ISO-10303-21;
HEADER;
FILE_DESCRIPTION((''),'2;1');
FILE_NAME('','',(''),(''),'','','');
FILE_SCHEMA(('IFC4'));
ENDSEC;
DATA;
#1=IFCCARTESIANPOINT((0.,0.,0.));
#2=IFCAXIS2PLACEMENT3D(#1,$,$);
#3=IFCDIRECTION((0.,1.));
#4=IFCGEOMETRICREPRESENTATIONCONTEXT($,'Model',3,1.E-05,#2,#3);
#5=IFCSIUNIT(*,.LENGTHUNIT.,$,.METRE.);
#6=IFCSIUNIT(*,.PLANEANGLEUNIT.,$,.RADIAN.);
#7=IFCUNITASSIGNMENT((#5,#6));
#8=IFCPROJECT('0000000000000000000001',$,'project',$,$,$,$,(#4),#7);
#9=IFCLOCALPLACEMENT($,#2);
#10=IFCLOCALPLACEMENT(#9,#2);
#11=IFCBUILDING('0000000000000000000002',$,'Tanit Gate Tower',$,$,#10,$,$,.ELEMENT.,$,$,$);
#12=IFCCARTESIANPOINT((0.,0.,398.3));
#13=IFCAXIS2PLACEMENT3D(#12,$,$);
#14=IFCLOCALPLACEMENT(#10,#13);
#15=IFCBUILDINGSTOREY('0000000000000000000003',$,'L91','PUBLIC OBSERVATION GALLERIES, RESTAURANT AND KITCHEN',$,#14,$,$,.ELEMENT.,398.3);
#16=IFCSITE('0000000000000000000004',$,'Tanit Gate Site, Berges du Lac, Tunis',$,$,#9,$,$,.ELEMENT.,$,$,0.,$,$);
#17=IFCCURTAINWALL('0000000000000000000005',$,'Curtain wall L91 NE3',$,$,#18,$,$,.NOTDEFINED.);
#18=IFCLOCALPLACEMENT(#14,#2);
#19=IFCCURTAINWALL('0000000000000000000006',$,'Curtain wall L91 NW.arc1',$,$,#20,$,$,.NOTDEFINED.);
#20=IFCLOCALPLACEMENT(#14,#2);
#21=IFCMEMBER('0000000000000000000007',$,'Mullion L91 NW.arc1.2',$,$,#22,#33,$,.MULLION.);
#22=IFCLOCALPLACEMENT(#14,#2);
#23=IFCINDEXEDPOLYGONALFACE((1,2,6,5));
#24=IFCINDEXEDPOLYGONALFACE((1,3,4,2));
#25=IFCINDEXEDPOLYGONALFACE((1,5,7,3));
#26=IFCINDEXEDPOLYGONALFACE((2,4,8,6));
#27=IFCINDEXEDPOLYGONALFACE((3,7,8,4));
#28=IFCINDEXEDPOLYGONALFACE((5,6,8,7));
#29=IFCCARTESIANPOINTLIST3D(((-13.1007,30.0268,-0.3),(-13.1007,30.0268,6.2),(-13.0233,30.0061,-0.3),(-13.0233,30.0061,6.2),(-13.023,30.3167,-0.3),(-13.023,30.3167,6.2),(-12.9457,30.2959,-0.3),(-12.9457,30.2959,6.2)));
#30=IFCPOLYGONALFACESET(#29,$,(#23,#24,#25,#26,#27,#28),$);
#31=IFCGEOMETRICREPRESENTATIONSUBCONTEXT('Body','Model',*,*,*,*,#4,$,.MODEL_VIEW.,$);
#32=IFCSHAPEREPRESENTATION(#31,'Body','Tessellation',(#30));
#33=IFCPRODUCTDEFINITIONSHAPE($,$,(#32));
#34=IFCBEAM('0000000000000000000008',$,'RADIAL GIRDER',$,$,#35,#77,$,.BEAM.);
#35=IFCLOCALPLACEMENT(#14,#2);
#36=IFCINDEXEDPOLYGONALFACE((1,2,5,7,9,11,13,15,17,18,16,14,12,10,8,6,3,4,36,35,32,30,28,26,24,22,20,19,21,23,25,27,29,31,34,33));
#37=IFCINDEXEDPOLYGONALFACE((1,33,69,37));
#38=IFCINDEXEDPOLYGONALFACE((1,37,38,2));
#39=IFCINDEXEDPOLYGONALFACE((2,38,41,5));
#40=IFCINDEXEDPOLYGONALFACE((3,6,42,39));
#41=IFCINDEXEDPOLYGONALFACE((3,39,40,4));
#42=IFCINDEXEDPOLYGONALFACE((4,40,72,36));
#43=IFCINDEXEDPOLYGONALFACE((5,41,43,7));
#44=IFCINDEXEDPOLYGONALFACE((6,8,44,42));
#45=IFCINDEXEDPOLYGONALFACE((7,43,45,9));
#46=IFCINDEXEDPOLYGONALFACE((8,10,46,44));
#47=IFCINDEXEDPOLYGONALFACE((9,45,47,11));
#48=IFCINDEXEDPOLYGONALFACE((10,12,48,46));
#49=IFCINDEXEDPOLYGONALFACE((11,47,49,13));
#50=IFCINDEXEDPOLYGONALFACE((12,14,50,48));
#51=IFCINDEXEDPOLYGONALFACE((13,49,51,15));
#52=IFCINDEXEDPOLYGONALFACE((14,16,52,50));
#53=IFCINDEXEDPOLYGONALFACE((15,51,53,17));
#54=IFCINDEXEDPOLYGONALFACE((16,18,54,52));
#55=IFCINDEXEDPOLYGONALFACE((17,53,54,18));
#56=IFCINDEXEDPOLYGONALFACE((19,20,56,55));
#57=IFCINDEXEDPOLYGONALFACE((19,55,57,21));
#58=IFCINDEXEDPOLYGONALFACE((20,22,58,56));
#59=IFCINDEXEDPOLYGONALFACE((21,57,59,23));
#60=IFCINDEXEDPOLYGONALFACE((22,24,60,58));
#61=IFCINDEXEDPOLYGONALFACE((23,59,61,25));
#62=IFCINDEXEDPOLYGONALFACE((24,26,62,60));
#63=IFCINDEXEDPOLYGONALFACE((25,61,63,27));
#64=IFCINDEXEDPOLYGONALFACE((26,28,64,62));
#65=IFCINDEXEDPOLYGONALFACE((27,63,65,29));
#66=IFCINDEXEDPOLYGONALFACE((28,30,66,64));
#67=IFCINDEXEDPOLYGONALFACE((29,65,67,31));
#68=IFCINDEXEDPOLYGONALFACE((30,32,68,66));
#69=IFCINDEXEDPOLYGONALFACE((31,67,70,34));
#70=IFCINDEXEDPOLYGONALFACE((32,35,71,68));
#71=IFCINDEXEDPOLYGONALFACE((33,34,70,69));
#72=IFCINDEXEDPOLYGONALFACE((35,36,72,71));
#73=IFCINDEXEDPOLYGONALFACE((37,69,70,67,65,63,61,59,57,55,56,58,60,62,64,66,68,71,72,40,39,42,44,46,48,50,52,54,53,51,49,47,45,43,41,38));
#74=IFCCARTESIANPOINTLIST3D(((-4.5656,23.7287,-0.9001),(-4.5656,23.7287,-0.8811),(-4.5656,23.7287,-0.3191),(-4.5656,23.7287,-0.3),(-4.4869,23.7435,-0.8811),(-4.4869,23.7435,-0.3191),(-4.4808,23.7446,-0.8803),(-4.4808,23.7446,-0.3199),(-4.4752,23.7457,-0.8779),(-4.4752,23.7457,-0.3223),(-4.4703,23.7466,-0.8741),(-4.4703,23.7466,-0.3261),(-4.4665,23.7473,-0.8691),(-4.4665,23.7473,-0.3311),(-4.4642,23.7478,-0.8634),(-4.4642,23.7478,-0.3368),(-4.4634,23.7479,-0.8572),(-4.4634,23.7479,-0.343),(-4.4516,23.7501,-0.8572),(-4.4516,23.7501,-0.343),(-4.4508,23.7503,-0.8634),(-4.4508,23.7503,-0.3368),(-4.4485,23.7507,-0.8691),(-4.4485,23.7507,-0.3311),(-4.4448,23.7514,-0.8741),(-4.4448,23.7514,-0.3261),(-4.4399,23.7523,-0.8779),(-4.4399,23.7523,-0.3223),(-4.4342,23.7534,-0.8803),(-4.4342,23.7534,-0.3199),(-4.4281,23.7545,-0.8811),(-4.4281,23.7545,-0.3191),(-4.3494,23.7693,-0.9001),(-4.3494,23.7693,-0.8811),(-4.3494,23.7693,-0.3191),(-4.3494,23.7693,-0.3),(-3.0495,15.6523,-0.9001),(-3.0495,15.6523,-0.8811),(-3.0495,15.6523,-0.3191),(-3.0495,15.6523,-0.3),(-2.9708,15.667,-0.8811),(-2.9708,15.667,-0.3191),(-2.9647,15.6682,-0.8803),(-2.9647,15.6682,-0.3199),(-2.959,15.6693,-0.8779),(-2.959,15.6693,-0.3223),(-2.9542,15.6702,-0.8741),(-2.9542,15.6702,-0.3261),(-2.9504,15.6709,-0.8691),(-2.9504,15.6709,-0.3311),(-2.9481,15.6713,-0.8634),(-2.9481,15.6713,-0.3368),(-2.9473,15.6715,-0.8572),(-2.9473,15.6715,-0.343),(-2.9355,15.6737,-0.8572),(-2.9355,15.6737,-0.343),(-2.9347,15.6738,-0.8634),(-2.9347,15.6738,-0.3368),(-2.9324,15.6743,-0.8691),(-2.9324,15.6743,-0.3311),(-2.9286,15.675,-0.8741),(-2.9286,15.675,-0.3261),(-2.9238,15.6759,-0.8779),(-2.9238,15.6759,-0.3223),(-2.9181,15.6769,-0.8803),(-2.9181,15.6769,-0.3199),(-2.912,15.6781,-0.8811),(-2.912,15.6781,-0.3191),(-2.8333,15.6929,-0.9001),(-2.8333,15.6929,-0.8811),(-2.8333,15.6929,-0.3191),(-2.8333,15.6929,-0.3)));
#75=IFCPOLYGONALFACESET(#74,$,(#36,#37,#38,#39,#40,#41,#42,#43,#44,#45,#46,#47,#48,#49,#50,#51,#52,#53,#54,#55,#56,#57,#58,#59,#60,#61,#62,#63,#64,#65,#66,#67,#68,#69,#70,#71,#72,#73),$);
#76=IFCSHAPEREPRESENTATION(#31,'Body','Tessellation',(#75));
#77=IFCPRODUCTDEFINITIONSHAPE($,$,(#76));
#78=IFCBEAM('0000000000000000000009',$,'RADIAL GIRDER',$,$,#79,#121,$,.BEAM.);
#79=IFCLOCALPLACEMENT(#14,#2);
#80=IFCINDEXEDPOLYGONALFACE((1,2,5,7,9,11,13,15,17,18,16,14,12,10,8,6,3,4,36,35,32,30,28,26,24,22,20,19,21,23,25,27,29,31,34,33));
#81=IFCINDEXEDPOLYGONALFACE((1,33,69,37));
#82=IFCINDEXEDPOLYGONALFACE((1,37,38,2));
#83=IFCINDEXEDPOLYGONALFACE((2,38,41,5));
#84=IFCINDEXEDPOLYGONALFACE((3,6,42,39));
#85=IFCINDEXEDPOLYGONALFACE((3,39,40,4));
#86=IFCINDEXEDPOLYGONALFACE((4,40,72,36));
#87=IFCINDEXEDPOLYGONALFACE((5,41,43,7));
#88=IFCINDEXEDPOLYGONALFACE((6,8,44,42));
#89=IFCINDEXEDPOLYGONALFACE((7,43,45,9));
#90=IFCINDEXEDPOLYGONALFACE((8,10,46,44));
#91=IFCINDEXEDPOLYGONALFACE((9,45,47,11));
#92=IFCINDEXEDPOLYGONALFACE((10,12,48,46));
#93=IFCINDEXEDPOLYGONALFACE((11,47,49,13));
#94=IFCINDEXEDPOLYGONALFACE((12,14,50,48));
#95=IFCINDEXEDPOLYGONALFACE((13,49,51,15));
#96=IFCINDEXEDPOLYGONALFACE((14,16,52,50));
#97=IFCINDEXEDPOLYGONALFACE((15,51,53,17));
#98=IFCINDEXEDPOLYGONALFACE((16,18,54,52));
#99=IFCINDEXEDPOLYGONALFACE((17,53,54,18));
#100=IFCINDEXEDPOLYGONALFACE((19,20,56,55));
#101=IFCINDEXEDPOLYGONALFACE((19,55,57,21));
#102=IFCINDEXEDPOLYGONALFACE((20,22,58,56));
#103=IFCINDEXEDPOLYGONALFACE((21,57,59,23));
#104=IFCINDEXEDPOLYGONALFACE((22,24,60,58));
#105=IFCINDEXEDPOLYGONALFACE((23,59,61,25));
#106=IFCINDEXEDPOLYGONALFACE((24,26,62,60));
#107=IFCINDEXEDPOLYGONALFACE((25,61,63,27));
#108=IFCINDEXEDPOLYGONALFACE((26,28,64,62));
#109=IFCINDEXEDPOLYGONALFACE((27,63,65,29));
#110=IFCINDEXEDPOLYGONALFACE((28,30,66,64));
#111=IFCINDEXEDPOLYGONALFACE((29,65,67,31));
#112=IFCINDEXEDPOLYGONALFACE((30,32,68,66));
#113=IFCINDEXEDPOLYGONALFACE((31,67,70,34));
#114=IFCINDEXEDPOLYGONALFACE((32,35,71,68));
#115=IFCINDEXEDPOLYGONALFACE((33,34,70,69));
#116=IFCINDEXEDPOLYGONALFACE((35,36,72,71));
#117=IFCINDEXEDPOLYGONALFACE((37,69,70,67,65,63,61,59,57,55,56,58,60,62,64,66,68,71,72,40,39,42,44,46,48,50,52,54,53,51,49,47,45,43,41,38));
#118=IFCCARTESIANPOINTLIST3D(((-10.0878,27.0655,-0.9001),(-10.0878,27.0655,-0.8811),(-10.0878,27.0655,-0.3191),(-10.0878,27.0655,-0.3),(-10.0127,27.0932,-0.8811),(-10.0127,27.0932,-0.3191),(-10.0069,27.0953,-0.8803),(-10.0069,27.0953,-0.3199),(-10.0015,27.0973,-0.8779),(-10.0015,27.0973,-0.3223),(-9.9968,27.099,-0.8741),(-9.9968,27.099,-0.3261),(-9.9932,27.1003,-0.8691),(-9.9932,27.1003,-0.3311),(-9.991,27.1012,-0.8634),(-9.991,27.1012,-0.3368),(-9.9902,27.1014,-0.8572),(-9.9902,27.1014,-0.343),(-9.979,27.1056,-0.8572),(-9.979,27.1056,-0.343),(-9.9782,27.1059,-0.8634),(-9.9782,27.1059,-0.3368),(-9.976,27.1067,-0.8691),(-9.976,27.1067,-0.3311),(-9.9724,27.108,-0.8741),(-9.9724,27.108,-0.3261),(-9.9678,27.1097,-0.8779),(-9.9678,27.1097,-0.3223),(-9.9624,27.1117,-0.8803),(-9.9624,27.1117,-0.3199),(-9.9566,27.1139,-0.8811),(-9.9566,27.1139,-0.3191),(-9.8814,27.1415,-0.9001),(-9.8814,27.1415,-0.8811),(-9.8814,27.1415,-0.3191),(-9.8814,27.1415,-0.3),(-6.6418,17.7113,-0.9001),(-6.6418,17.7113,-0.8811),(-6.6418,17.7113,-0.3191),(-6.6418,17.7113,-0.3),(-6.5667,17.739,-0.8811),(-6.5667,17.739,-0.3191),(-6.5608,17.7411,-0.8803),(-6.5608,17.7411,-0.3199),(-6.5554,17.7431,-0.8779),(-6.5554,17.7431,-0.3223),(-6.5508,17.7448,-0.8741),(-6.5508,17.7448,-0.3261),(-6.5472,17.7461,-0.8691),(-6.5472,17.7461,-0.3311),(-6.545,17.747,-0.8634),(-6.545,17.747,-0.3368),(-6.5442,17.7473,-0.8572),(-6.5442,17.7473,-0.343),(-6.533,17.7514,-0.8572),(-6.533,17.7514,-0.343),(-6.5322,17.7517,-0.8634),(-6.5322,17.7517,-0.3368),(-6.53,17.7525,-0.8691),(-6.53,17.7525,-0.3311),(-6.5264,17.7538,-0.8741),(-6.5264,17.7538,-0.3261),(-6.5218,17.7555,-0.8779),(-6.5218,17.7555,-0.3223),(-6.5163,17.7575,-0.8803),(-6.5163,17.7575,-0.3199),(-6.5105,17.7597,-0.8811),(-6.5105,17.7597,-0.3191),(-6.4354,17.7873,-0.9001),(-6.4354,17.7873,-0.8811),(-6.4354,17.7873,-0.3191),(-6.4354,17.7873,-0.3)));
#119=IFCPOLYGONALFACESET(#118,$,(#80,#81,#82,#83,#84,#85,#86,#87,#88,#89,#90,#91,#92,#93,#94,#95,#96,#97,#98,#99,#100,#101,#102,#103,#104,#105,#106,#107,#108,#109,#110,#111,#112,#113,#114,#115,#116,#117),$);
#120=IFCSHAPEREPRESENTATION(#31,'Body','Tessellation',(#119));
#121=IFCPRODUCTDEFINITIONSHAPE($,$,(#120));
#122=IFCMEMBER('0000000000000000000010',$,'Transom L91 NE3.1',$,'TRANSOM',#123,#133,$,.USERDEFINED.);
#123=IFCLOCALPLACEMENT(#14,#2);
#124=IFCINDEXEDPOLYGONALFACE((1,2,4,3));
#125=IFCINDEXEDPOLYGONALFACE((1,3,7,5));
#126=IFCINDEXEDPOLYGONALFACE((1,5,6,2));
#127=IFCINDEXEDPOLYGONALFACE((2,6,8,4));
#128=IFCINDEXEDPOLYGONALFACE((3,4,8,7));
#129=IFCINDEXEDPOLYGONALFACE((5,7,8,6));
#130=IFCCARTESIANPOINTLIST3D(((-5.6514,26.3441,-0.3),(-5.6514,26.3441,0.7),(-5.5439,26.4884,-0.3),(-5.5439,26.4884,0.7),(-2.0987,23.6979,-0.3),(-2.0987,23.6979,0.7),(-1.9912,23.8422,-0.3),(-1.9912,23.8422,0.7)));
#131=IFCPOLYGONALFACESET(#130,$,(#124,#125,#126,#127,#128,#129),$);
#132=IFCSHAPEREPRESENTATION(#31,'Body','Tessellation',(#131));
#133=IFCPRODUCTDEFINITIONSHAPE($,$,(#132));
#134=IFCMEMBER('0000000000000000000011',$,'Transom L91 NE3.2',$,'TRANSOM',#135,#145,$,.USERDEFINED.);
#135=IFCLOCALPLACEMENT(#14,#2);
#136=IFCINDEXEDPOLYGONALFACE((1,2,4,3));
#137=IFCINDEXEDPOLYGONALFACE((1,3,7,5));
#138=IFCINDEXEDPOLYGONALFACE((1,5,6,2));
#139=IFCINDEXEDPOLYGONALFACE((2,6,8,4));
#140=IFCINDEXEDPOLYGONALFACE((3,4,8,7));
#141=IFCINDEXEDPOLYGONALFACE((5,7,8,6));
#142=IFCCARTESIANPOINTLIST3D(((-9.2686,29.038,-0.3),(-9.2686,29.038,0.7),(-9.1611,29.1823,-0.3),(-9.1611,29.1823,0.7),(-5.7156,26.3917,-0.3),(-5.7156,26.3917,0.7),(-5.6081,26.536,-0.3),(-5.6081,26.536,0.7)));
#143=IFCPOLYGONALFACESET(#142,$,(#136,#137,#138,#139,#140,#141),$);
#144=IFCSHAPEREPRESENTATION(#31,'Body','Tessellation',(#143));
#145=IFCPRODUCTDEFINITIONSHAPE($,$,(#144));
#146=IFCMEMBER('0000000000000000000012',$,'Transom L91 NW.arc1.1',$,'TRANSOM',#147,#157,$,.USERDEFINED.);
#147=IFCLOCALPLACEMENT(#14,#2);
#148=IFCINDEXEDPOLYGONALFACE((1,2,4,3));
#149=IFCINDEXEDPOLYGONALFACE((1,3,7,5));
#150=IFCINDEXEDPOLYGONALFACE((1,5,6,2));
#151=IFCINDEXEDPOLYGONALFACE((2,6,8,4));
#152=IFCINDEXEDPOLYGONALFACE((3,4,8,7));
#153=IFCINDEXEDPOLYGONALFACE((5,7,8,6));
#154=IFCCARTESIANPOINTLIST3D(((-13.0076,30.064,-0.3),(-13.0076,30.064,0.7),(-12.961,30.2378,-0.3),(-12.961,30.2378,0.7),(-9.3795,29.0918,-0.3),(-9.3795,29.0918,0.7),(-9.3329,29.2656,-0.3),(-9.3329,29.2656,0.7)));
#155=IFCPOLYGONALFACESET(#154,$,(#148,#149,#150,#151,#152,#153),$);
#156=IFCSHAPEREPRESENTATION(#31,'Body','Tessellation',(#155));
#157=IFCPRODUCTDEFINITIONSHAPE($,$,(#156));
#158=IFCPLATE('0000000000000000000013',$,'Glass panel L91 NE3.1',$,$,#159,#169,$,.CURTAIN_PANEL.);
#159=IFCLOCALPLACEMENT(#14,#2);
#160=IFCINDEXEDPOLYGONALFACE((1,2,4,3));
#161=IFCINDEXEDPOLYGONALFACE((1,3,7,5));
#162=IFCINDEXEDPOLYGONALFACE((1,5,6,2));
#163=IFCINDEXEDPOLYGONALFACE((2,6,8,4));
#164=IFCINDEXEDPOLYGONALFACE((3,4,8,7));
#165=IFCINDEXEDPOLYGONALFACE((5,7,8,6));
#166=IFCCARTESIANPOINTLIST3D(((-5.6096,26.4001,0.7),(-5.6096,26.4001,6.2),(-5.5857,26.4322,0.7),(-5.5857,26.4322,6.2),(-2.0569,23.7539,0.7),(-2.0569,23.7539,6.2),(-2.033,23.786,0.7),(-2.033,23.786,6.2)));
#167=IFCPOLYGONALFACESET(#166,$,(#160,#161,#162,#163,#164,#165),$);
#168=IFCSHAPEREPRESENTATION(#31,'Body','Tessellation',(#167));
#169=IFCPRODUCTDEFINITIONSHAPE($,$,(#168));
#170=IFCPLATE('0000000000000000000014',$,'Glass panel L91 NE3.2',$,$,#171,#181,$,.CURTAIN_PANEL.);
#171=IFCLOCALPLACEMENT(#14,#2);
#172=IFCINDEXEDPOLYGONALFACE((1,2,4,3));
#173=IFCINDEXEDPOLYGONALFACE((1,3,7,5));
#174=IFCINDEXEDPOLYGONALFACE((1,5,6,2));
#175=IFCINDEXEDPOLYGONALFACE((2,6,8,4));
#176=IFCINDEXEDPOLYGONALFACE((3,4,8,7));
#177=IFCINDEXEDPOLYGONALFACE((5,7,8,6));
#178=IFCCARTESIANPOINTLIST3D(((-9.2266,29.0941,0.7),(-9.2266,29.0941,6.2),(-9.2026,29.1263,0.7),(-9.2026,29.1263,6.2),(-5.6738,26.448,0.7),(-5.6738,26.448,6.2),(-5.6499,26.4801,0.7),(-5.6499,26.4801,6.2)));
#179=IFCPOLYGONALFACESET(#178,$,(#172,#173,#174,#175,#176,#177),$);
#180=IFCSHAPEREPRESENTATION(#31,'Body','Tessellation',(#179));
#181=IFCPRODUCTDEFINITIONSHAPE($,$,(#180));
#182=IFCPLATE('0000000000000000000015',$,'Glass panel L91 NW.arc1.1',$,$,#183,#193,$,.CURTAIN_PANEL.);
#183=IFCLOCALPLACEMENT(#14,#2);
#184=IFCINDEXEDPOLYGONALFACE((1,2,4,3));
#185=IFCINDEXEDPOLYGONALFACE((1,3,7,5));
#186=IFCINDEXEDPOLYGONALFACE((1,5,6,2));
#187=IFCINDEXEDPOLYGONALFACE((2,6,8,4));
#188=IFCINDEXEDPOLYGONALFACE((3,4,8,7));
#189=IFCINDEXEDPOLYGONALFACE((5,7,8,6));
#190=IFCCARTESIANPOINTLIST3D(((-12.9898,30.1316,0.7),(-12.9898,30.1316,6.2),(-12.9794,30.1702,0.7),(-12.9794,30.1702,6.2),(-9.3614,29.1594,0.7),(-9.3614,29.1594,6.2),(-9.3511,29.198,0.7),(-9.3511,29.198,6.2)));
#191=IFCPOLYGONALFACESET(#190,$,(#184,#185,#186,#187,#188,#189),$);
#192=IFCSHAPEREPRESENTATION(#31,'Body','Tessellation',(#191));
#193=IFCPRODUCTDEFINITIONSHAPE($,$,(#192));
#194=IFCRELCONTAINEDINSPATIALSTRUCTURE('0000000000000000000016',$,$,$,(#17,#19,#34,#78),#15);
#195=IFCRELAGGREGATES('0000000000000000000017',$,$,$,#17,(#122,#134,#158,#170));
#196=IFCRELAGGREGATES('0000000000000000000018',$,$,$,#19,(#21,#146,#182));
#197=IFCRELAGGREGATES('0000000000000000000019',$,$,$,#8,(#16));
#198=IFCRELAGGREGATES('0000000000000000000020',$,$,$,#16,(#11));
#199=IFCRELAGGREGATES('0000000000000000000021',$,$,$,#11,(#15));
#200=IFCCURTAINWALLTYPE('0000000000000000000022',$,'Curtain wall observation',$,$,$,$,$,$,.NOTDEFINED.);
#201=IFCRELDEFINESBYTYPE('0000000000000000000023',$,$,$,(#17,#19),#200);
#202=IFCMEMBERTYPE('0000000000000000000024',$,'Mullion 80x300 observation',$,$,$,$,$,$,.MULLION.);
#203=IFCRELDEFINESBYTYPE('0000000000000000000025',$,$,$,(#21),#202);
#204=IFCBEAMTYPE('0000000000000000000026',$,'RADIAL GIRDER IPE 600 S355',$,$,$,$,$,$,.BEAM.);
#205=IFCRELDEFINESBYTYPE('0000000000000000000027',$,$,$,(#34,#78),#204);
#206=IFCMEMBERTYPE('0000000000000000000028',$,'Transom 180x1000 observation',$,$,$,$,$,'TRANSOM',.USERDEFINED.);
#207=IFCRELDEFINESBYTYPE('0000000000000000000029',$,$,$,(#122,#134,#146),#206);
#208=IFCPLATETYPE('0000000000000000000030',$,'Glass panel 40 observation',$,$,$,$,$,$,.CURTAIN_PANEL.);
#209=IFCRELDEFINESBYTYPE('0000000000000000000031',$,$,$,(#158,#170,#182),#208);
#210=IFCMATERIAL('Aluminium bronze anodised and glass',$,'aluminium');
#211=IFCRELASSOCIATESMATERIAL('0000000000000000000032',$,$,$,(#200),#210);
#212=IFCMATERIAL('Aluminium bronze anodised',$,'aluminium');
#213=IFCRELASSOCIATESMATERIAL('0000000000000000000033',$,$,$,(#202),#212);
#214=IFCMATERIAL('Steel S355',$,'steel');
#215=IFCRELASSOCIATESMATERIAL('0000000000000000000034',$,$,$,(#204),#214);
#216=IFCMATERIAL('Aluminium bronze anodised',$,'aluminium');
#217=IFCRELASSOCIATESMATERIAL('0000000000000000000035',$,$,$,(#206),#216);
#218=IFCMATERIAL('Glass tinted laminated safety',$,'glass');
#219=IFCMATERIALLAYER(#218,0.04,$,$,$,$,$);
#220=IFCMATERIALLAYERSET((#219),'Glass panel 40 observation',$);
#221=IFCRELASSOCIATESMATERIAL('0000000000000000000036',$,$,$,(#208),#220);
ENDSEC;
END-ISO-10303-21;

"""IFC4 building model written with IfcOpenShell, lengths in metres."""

from ifc_helpers import new_model, si_unit, direction, frame, origin, origin_2d, place, context, subcontext, project, spatial, rectangle, i_section, extrude, material, layer, layer_set, material_profile, profile_set, type_object, element, aggregate, save


model = new_model("IFC4")

# Units and contexts
model_context = context("Model", 3, precision=1e-05, world=origin(), true_north=direction((0.0, 1.0)))
body_context = subcontext(model_context, "Body", "Model", "MODEL_VIEW")
ifc_project = project(units=[si_unit("LENGTHUNIT", "METRE"), si_unit("PLANEANGLEUNIT", "RADIAN")], contexts=[model_context])

# Site, building, storey
site_placement = place(None, origin())
site = spatial("IfcSite", under=ifc_project, at=site_placement, Name="Tanit Gate Site, Berges du Lac, Tunis", CompositionType="ELEMENT", RefElevation=0.0)
building_placement = place(site_placement, origin())
building = spatial("IfcBuilding", under=site, at=building_placement, Name="Tanit Gate Tower", CompositionType="ELEMENT")
storey_placement = place(building_placement, frame((0.0, 0.0, 398.3)))
storey = spatial("IfcBuildingStorey", under=building, at=storey_placement, Name="L91", Description="PUBLIC OBSERVATION GALLERIES, RESTAURANT AND KITCHEN", CompositionType="ELEMENT", Elevation=398.3)

# Shared definitions
ifc_material_1 = material(Name="Aluminium bronze anodised and glass", Category="aluminium")
curtain_wall_type = type_object("IfcCurtainWallType", Name="Curtain wall observation", PredefinedType="NOTDEFINED", material=ifc_material_1)
ifc_material_2 = material(Name="Aluminium bronze anodised", Category="aluminium")
ifc_material_profile_1 = material_profile(ifc_material_2, rectangle(XDim=0.3, YDim=0.0801, at=origin_2d()), Name="80x300 bronze mullion")
ifc_profile_set_1 = profile_set([ifc_material_profile_1], Name="Aluminium bronze anodised")
member_type_1 = type_object("IfcMemberType", Name="Mullion 80x300 observation", PredefinedType="MULLION", material=ifc_profile_set_1)

# Curtain walls, member
curtain_wall_1_placement = place(storey_placement, origin())
curtain_wall_1 = element("IfcCurtainWall", 1, at=curtain_wall_1_placement, inside=storey, type_object=curtain_wall_type, Name="Curtain wall L91 NE3", PredefinedType="NOTDEFINED")
curtain_wall_2_placement = place(storey_placement, origin())
curtain_wall_2 = element("IfcCurtainWall", 2, at=curtain_wall_2_placement, inside=storey, type_object=curtain_wall_type, Name="Curtain wall L91 NW.arc1", PredefinedType="NOTDEFINED")
member_1_placement = place(storey_placement, frame((-13.0232, 30.1614, -0.3), z_axis=(0.0, 0.0, 1.0), x_axis=(-0.258819, -0.965926, 0.0)))
member_1 = element("IfcMember", 3, at=member_1_placement, type_object=member_type_1, Name="Mullion L91 NW.arc1.2", PredefinedType="MULLION", context=body_context, shape_type="SweptSolid", body=[
    extrude(rectangle(XDim=0.3, YDim=0.0801, at=origin_2d()), origin(), (0.0, 0.0, 1.0), 6.5),
])

# Beams
ifc_material_3 = material(Name="Steel S355", Category="steel")
ifc_material_profile_2 = material_profile(ifc_material_3, i_section(OverallWidth=0.22, OverallDepth=0.6001, WebThickness=0.012, FlangeThickness=0.019, FilletRadius=0.0239, at=origin_2d()), Name="IPE 600")
ifc_profile_set_2 = profile_set([ifc_material_profile_2], Name="Steel S355")
beam_type_1 = type_object("IfcBeamType", Name="RADIAL GIRDER IPE 600 S355", PredefinedType="BEAM", material=ifc_profile_set_2)
beam_1_placement = place(storey_placement, frame((-4.4575, 23.749, -0.6001), z_axis=(0.184498, -0.982833, 0.0), x_axis=(0.982833, 0.184498, 0.0)))
element("IfcBeam", 4, at=beam_1_placement, inside=storey, type_object=beam_type_1, Name="RADIAL GIRDER", PredefinedType="BEAM", context=body_context, shape_type="SweptSolid", body=[
    extrude(i_section(OverallWidth=0.22, OverallDepth=0.6001, WebThickness=0.012, FlangeThickness=0.019, FilletRadius=0.0239, at=origin_2d()), origin(), (0.0, 0.0, 1.0), 8.2175),
])
beam_2_placement = place(storey_placement, frame((-9.9846, 27.1035, -0.6001), z_axis=(0.345683, -0.938351, 0.0), x_axis=(0.938351, 0.345683, 0.0)))
element("IfcBeam", 5, at=beam_2_placement, inside=storey, type_object=beam_type_1, Name="RADIAL GIRDER", PredefinedType="BEAM", context=body_context, shape_type="SweptSolid", body=[
    extrude(i_section(OverallWidth=0.22, OverallDepth=0.6001, WebThickness=0.012, FlangeThickness=0.019, FilletRadius=0.0239, at=origin_2d()), origin(), (0.0, 0.0, 1.0), 9.9688),
])

# Members
ifc_material_4 = material(Name="Aluminium bronze anodised", Category="aluminium")
ifc_material_profile_3 = material_profile(ifc_material_4, rectangle(XDim=0.1799, YDim=1.0, at=origin_2d()), Name="180x1000 bronze transom")
ifc_profile_set_3 = profile_set([ifc_material_profile_3], Name="Aluminium bronze anodised")
member_type_2 = type_object("IfcMemberType", Name="Transom 180x1000 observation", ElementType="TRANSOM", PredefinedType="USERDEFINED", material=ifc_profile_set_3)
member_2_placement = place(storey_placement, frame((-2.0449, 23.77, 0.2), z_axis=(-0.80198, 0.597351, 0.0), x_axis=(-0.597351, -0.80198, 0.0)))
member_2 = element("IfcMember", 6, at=member_2_placement, type_object=member_type_2, Name="Transom L91 NE3.1", ObjectType="TRANSOM", PredefinedType="USERDEFINED", context=body_context, shape_type="SweptSolid", body=[
    extrude(rectangle(XDim=0.1799, YDim=1.0, at=origin_2d()), origin(), (0.0, 0.0, 1.0), 4.4299),
])
member_3_placement = place(storey_placement, frame((-5.6619, 26.4639, 0.2), z_axis=(-0.801999, 0.597325, 0.0), x_axis=(-0.597325, -0.801999, 0.0)))
member_3 = element("IfcMember", 7, at=member_3_placement, type_object=member_type_2, Name="Transom L91 NE3.2", ObjectType="TRANSOM", PredefinedType="USERDEFINED", context=body_context, shape_type="SweptSolid", body=[
    extrude(rectangle(XDim=0.1799, YDim=1.0, at=origin_2d()), origin(), (0.0, 0.0, 1.0), 4.4302),
])
member_4_placement = place(storey_placement, frame((-9.3562, 29.1787, 0.2), z_axis=(-0.965926, 0.258819, 0.0), x_axis=(-0.258819, -0.965926, 0.0)))
member_4 = element("IfcMember", 8, at=member_4_placement, type_object=member_type_2, Name="Transom L91 NW.arc1.1", ObjectType="TRANSOM", PredefinedType="USERDEFINED", context=body_context, shape_type="SweptSolid", body=[
    extrude(rectangle(XDim=0.1799, YDim=1.0, at=origin_2d()), origin(), (0.0, 0.0, 1.0), 3.7561),
])

# Plates
ifc_material_5 = material(Name="Glass tinted laminated safety", Category="glass")
ifc_layer_1 = layer(ifc_material_5, 0.04)
ifc_layer_set_1 = layer_set([ifc_layer_1], Name="Glass panel 40 observation")
plate_type = type_object("IfcPlateType", Name="Glass panel 40 observation", PredefinedType="CURTAIN_PANEL", material=ifc_layer_set_1)
plate_1_placement = place(storey_placement, frame((-3.8213, 25.093, 0.7), z_axis=(0.0, 0.0, 1.0), x_axis=(-0.801988, 0.597341, 0.0)))
plate_1 = element("IfcPlate", 9, at=plate_1_placement, type_object=plate_type, Name="Glass panel L91 NE3.1", PredefinedType="CURTAIN_PANEL", context=body_context, shape_type="SweptSolid", body=[
    extrude(rectangle(XDim=4.4299, YDim=0.04, at=origin_2d()), origin(), (0.0, 0.0, 1.0), 5.5),
])
plate_2_placement = place(storey_placement, frame((-7.4382, 27.7871, 0.7), z_axis=(0.0, 0.0, 1.0), x_axis=(-0.801988, 0.597341, 0.0)))
plate_2 = element("IfcPlate", 10, at=plate_2_placement, type_object=plate_type, Name="Glass panel L91 NE3.2", PredefinedType="CURTAIN_PANEL", context=body_context, shape_type="SweptSolid", body=[
    extrude(rectangle(XDim=4.4299, YDim=0.04, at=origin_2d()), origin(), (0.0, 0.0, 1.0), 5.5),
])
aggregate(curtain_wall_1, [member_2, member_3, plate_1, plate_2])
plate_3_placement = place(storey_placement, frame((-11.1704, 29.6648, 0.7), z_axis=(0.0, 0.0, 1.0), x_axis=(-0.965926, 0.258819, 0.0)))
plate_3 = element("IfcPlate", 11, at=plate_3_placement, type_object=plate_type, Name="Glass panel L91 NW.arc1.1", PredefinedType="CURTAIN_PANEL", context=body_context, shape_type="SweptSolid", body=[
    extrude(rectangle(XDim=3.7563, YDim=0.04, at=origin_2d()), origin(), (0.0, 0.0, 1.0), 5.5),
])
aggregate(curtain_wall_2, [member_1, member_4, plate_3])

save(model, "model.ifc")
